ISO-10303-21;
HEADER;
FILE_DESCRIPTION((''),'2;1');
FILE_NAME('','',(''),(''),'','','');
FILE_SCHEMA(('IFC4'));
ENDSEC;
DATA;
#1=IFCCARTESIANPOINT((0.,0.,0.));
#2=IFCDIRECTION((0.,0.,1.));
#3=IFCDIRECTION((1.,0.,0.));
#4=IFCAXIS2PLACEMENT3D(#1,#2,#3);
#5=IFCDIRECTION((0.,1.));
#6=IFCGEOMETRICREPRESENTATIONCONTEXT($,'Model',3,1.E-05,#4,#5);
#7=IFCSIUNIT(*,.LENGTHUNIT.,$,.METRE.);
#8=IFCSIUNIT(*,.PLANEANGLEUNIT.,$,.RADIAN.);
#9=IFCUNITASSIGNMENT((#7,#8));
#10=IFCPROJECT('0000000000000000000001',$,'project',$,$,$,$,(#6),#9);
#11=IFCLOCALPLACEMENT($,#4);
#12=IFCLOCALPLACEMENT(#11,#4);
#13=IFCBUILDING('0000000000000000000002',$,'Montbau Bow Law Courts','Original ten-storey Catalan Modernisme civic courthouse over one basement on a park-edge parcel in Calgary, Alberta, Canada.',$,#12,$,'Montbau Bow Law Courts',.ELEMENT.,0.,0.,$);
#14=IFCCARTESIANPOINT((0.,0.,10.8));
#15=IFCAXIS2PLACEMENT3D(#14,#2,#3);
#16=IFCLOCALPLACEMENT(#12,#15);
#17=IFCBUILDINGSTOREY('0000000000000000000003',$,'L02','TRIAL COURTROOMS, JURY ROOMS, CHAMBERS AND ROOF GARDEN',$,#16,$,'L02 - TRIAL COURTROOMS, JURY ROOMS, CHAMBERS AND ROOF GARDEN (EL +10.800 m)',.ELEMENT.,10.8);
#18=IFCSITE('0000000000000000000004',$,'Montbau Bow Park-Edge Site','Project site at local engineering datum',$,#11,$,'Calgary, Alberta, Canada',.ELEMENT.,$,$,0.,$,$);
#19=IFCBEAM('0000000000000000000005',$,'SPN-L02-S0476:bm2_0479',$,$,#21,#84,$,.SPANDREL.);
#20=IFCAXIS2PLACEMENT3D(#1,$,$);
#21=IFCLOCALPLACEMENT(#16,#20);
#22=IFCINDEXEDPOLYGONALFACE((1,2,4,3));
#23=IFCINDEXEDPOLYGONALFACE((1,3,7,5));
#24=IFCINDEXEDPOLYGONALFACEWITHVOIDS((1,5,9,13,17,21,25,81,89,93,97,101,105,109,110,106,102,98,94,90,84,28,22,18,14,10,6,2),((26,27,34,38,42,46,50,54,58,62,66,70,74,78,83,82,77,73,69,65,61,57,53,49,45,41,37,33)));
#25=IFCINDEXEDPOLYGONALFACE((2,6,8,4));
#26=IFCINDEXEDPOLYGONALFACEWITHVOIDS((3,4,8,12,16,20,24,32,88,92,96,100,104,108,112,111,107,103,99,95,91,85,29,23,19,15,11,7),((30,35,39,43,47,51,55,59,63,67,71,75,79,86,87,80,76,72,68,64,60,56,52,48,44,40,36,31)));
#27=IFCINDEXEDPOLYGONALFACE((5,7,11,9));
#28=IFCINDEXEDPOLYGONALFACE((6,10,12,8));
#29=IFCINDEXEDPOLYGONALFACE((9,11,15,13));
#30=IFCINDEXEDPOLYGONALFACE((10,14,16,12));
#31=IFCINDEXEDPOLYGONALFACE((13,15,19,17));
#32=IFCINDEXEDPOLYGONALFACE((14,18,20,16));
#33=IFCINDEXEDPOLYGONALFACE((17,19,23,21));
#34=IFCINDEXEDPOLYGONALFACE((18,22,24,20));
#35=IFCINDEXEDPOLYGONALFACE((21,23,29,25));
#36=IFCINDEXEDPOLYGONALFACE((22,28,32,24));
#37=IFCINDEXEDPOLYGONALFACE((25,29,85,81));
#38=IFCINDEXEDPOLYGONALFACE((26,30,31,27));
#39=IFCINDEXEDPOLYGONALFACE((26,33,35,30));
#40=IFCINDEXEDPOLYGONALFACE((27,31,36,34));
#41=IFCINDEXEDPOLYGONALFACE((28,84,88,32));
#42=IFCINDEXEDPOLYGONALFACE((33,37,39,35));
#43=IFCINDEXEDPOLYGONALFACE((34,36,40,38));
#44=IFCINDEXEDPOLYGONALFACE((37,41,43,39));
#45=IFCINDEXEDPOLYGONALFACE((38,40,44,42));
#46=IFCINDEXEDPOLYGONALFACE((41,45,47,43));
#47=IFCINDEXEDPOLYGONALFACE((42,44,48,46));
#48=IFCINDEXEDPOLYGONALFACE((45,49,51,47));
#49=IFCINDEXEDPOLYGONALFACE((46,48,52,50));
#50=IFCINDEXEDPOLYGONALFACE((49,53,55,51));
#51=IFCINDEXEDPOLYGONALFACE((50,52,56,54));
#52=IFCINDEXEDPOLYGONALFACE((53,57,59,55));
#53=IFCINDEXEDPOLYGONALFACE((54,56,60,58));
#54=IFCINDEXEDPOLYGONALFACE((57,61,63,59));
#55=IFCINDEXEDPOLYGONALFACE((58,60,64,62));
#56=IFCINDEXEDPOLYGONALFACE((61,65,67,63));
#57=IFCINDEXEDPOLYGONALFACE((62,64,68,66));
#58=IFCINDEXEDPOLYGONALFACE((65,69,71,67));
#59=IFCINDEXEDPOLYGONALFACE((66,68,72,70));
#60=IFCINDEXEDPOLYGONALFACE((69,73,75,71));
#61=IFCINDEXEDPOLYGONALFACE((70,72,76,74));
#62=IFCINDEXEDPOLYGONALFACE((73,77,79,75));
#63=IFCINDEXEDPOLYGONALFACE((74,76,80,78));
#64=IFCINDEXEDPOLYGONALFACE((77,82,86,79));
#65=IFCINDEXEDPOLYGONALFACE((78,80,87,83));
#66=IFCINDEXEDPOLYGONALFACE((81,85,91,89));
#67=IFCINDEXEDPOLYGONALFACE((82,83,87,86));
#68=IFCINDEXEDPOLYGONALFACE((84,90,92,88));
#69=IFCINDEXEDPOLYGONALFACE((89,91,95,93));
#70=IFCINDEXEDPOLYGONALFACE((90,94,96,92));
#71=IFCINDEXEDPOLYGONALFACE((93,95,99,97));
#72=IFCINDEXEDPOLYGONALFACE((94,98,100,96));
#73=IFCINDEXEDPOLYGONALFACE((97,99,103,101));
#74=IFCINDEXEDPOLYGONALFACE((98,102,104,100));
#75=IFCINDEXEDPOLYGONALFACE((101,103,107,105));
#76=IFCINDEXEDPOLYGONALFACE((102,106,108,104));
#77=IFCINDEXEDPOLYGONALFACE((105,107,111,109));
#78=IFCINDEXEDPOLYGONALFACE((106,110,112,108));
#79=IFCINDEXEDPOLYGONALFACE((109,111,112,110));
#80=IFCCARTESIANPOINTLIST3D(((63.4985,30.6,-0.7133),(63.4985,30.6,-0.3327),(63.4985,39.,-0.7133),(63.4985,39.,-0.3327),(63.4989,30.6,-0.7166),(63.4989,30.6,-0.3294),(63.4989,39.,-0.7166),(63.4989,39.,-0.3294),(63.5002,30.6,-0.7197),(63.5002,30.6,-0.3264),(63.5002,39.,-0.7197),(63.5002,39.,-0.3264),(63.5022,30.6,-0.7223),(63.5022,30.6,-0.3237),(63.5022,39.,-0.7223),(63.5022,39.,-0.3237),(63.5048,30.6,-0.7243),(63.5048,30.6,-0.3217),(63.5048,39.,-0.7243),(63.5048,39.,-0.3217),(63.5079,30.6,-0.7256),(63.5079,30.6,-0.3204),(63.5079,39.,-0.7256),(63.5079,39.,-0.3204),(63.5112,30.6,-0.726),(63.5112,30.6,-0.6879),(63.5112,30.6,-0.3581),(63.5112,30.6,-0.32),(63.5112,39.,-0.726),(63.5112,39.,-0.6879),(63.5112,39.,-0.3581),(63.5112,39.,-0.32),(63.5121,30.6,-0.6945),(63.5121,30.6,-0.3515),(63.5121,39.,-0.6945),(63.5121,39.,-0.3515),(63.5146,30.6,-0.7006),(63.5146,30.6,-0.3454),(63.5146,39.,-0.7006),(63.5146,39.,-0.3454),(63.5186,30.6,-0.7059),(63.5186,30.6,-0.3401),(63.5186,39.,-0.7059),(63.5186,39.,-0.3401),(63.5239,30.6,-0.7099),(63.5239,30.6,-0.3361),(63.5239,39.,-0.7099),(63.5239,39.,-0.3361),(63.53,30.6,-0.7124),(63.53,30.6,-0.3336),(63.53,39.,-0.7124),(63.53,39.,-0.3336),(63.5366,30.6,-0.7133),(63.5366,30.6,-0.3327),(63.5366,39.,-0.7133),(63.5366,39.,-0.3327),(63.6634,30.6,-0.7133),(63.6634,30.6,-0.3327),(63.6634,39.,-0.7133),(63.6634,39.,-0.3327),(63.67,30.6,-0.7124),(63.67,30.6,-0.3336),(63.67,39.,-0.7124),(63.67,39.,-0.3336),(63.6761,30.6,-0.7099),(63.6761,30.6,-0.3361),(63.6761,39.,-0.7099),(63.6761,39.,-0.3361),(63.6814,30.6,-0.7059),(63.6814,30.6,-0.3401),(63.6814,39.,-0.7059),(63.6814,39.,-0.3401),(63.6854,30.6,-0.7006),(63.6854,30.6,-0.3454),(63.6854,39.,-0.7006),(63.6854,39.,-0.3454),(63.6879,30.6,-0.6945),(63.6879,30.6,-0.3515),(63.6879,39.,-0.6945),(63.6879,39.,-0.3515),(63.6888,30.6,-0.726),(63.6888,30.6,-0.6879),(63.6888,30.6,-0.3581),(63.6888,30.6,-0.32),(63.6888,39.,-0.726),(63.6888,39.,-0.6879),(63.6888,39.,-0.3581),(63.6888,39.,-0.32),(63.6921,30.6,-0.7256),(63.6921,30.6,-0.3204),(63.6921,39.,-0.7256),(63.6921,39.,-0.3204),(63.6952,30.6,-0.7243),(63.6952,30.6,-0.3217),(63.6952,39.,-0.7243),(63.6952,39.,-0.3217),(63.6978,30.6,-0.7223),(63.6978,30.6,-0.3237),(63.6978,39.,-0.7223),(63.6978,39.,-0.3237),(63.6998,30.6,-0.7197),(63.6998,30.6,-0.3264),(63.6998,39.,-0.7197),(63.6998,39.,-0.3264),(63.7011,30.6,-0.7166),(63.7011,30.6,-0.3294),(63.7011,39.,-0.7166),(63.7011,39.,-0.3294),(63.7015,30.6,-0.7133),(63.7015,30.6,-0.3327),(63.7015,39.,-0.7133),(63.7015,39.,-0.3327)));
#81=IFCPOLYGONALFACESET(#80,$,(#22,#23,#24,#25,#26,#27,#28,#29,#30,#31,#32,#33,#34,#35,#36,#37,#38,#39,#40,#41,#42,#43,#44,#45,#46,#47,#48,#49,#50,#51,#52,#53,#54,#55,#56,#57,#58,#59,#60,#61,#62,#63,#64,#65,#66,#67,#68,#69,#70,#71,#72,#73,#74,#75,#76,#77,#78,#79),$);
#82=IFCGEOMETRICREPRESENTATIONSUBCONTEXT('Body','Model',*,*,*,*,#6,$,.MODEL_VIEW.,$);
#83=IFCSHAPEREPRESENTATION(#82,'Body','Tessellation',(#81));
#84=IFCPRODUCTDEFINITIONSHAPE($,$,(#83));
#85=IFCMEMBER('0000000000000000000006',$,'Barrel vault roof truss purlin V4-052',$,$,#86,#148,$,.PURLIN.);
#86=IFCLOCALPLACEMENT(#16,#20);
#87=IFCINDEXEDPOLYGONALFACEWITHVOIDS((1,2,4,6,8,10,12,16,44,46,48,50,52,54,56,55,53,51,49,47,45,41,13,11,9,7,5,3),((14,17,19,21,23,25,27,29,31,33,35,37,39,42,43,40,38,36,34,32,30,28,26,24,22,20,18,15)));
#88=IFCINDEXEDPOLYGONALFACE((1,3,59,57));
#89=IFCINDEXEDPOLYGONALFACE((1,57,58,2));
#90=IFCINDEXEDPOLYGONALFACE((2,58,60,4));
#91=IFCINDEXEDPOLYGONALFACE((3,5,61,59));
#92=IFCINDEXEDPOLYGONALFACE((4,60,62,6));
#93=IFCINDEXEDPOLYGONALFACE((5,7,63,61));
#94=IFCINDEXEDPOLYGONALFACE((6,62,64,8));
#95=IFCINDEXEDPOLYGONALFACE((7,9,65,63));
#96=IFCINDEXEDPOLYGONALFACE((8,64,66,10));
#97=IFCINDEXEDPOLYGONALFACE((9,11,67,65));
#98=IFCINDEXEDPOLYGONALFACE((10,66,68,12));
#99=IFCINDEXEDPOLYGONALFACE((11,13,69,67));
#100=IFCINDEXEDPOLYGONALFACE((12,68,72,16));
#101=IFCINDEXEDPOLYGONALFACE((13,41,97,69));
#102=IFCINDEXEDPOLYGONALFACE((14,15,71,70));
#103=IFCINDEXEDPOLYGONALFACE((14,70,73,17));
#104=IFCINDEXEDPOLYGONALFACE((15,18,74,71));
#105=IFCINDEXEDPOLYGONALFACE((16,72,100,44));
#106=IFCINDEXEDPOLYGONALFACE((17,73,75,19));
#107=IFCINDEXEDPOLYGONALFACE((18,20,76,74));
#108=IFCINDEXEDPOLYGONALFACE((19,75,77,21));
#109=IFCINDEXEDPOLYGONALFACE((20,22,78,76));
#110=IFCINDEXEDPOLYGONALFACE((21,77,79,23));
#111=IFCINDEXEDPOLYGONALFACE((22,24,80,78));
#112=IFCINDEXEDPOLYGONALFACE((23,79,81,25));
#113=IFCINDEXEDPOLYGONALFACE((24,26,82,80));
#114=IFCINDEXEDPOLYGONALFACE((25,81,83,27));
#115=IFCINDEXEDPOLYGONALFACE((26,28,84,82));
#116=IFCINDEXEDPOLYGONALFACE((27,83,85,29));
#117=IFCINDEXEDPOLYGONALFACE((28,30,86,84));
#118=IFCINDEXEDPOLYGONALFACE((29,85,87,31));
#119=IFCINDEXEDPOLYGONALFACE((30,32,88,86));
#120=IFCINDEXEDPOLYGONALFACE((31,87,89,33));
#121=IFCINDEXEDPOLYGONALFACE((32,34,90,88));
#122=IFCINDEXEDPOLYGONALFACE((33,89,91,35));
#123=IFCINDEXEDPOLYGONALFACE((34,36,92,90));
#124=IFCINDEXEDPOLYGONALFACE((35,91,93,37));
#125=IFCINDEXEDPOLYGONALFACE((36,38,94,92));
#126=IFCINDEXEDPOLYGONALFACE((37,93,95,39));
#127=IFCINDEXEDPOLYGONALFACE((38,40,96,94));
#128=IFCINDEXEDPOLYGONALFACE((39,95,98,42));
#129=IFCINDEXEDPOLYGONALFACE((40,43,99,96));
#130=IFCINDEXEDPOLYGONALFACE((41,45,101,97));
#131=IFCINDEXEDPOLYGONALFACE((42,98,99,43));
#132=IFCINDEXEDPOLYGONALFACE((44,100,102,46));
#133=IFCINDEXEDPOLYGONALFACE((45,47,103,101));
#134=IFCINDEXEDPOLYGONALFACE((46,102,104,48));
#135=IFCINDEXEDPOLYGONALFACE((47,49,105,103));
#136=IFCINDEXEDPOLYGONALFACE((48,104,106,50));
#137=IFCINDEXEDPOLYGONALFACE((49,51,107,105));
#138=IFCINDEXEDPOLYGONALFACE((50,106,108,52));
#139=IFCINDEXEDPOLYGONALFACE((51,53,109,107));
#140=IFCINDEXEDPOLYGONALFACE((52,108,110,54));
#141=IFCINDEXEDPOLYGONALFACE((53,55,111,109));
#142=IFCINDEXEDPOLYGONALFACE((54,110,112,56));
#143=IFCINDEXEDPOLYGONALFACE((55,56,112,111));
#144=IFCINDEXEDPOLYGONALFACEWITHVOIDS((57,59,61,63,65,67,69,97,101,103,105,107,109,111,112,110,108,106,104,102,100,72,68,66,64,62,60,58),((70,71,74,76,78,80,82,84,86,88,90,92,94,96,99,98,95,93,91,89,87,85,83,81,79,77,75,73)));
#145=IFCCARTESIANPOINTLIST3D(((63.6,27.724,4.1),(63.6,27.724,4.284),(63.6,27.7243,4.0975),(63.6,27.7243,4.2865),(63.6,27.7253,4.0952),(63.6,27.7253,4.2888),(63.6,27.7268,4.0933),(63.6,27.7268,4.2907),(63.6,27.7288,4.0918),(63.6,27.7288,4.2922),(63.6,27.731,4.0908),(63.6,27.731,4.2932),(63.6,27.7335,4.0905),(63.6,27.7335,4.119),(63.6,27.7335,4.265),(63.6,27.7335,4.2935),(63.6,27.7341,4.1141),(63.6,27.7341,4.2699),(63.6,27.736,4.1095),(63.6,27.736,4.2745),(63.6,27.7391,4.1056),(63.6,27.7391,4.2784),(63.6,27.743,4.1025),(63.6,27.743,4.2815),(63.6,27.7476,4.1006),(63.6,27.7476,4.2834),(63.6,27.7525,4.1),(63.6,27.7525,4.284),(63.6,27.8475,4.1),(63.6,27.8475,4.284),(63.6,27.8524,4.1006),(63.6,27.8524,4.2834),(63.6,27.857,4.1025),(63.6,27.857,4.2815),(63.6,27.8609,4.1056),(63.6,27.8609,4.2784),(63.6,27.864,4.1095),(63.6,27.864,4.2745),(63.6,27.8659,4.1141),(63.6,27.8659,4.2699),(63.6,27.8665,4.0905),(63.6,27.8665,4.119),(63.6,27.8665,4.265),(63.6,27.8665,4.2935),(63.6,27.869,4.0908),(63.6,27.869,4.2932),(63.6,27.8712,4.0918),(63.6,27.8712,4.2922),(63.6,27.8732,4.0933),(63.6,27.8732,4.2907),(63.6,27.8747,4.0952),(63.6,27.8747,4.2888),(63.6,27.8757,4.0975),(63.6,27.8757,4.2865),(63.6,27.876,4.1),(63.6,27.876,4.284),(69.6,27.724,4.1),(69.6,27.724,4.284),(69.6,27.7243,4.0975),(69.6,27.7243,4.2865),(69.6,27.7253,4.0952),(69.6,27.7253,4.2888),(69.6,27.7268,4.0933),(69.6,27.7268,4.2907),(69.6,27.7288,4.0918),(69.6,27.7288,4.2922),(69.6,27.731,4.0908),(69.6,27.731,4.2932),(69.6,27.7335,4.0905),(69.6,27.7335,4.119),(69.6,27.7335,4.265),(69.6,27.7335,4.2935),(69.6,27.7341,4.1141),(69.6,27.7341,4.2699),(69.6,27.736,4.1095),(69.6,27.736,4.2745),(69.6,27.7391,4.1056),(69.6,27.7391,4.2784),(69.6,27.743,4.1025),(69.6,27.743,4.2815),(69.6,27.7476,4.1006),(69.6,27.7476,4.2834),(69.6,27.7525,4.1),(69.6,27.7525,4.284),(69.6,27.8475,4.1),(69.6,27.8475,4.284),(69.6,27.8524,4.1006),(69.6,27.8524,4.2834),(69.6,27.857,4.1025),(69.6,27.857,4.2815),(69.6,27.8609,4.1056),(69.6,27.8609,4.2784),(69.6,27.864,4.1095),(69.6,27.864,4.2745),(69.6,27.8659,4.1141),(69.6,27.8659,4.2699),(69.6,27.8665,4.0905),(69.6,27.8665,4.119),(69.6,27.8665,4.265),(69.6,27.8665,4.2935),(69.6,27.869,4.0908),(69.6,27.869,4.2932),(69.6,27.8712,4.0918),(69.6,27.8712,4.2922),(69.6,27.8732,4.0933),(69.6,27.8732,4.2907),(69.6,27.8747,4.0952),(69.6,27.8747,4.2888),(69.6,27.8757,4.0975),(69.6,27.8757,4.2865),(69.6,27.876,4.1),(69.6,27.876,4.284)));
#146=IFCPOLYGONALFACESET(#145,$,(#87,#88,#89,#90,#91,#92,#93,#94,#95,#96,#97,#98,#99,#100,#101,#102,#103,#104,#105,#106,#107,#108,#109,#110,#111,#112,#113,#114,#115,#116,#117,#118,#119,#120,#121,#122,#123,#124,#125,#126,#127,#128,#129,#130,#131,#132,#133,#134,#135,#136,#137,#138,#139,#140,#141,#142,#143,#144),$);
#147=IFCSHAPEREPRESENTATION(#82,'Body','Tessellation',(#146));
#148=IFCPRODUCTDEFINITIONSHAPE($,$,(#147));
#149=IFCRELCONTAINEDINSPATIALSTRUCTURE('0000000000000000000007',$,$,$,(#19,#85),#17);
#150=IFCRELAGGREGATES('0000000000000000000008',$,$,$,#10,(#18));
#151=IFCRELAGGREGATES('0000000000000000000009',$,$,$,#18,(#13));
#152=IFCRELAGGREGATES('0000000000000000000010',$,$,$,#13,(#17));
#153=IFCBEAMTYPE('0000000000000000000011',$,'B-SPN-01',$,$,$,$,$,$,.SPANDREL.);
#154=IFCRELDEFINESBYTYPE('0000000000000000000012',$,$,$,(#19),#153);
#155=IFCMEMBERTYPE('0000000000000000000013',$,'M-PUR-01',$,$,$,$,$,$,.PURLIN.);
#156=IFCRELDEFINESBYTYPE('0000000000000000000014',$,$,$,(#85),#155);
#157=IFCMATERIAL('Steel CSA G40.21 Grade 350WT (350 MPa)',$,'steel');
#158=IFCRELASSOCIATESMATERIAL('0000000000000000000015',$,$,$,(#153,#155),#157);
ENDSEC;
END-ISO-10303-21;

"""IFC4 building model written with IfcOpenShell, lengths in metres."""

from ifc_helpers import new_model, si_unit, direction, frame, origin_with_axes, origin_2d_with_axis, place, context, subcontext, project, spatial, hollow_rectangle, extrude, material, material_profile, profile_set, type_object, element, save


model = new_model("IFC4")

# Units and contexts
model_context = context("Model", 3, precision=1e-05, world=origin_with_axes(), true_north=direction((0.0, 1.0)))
body_context = subcontext(model_context, "Body", "Model", "MODEL_VIEW")
ifc_project = project(units=[si_unit("LENGTHUNIT", "METRE"), si_unit("PLANEANGLEUNIT", "RADIAN")], contexts=[model_context])

# Site, building, storey
site_placement = place(None, origin_with_axes())
site = spatial("IfcSite", under=ifc_project, at=site_placement, Name="Montbau Bow Park-Edge Site", Description="Project site at local engineering datum", LongName="Calgary, Alberta, Canada", CompositionType="ELEMENT", RefElevation=0.0)
building_placement = place(site_placement, origin_with_axes())
building = spatial("IfcBuilding", under=site, at=building_placement, Name="Montbau Bow Law Courts", Description="Original ten-storey Catalan Modernisme civic courthouse over one basement on a park-edge parcel in Calgary, Alberta, Canada.", LongName="Montbau Bow Law Courts", CompositionType="ELEMENT", ElevationOfRefHeight=0.0, ElevationOfTerrain=0.0)
storey_placement = place(building_placement, frame((0.0, 0.0, 10.8), z_axis=(0.0, 0.0, 1.0), x_axis=(1.0, 0.0, 0.0)))
storey = spatial("IfcBuildingStorey", under=building, at=storey_placement, Name="L02", Description="TRIAL COURTROOMS, JURY ROOMS, CHAMBERS AND ROOF GARDEN", LongName="L02 - TRIAL COURTROOMS, JURY ROOMS, CHAMBERS AND ROOF GARDEN (EL +10.800 m)", CompositionType="ELEMENT", Elevation=10.8)

# Beam
ifc_material_1 = material(Name="Steel CSA G40.21 Grade 350WT (350 MPa)", Category="steel")
ifc_material_profile_1 = material_profile(ifc_material_1, hollow_rectangle(XDim=0.203, YDim=0.406, WallThickness=0.0127, InnerFilletRadius=0.0254, OuterFilletRadius=0.0127, at=origin_2d_with_axis()), Name="HSS406X203X13", Category="Main", Priority=0)
ifc_profile_set_1 = profile_set([ifc_material_profile_1], Name="Steel CSA G40.21 Grade 350WT (350 MPa)")
beam_type_1 = type_object("IfcBeamType", Name="B-SPN-01", PredefinedType="SPANDREL", material=ifc_profile_set_1)
beam_1_placement = place(None, frame((63.6, 30.6, 10.277), z_axis=(0.0, 1.0, 0.0), x_axis=(-1.0, 0.0, 0.0)))
element("IfcBeam", 1, at=beam_1_placement, inside=storey, type_object=beam_type_1, Name="SPN-L02-S0476:bm2_0479", PredefinedType="SPANDREL", context=body_context, shape_type="SweptSolid", body=[
    extrude(hollow_rectangle(XDim=0.203, YDim=0.406, WallThickness=0.0127, InnerFilletRadius=0.0254, OuterFilletRadius=0.0127, at=origin_2d_with_axis()), origin_with_axes(), (0.0, 0.0, 1.0), 8.4),
])

# Member
ifc_material_profile_2 = material_profile(ifc_material_1, hollow_rectangle(XDim=0.152, YDim=0.203, WallThickness=0.0095, InnerFilletRadius=0.019, OuterFilletRadius=0.0095, at=origin_2d_with_axis()), Name="HSS203X152X9.5", Category="Main", Priority=0)
ifc_profile_set_2 = profile_set([ifc_material_profile_2], Name="Steel CSA G40.21 Grade 350WT (350 MPa)")
member_type_1 = type_object("IfcMemberType", Name="M-PUR-01", PredefinedType="PURLIN", material=ifc_profile_set_2)
for number, where, z_axis, x_axis, name in (
    (2, (63.6, 27.8, 14.992), (1.0, 0.0, 0.0), (0.0, 1.0, 0.0), "Barrel vault roof truss purlin V4-052"),
):
    element("IfcMember", number, at=place(None, frame(where, z_axis=z_axis, x_axis=x_axis)), inside=storey, type_object=member_type_1, Name=name, PredefinedType="PURLIN", context=body_context, shape_type="SweptSolid", body=[
        extrude(hollow_rectangle(XDim=0.152, YDim=0.203, WallThickness=0.0095, InnerFilletRadius=0.019, OuterFilletRadius=0.0095, at=origin_2d_with_axis()), origin_with_axes(), (0.0, 0.0, 1.0), 6.0),
    ])

save(model, "model.ifc")
